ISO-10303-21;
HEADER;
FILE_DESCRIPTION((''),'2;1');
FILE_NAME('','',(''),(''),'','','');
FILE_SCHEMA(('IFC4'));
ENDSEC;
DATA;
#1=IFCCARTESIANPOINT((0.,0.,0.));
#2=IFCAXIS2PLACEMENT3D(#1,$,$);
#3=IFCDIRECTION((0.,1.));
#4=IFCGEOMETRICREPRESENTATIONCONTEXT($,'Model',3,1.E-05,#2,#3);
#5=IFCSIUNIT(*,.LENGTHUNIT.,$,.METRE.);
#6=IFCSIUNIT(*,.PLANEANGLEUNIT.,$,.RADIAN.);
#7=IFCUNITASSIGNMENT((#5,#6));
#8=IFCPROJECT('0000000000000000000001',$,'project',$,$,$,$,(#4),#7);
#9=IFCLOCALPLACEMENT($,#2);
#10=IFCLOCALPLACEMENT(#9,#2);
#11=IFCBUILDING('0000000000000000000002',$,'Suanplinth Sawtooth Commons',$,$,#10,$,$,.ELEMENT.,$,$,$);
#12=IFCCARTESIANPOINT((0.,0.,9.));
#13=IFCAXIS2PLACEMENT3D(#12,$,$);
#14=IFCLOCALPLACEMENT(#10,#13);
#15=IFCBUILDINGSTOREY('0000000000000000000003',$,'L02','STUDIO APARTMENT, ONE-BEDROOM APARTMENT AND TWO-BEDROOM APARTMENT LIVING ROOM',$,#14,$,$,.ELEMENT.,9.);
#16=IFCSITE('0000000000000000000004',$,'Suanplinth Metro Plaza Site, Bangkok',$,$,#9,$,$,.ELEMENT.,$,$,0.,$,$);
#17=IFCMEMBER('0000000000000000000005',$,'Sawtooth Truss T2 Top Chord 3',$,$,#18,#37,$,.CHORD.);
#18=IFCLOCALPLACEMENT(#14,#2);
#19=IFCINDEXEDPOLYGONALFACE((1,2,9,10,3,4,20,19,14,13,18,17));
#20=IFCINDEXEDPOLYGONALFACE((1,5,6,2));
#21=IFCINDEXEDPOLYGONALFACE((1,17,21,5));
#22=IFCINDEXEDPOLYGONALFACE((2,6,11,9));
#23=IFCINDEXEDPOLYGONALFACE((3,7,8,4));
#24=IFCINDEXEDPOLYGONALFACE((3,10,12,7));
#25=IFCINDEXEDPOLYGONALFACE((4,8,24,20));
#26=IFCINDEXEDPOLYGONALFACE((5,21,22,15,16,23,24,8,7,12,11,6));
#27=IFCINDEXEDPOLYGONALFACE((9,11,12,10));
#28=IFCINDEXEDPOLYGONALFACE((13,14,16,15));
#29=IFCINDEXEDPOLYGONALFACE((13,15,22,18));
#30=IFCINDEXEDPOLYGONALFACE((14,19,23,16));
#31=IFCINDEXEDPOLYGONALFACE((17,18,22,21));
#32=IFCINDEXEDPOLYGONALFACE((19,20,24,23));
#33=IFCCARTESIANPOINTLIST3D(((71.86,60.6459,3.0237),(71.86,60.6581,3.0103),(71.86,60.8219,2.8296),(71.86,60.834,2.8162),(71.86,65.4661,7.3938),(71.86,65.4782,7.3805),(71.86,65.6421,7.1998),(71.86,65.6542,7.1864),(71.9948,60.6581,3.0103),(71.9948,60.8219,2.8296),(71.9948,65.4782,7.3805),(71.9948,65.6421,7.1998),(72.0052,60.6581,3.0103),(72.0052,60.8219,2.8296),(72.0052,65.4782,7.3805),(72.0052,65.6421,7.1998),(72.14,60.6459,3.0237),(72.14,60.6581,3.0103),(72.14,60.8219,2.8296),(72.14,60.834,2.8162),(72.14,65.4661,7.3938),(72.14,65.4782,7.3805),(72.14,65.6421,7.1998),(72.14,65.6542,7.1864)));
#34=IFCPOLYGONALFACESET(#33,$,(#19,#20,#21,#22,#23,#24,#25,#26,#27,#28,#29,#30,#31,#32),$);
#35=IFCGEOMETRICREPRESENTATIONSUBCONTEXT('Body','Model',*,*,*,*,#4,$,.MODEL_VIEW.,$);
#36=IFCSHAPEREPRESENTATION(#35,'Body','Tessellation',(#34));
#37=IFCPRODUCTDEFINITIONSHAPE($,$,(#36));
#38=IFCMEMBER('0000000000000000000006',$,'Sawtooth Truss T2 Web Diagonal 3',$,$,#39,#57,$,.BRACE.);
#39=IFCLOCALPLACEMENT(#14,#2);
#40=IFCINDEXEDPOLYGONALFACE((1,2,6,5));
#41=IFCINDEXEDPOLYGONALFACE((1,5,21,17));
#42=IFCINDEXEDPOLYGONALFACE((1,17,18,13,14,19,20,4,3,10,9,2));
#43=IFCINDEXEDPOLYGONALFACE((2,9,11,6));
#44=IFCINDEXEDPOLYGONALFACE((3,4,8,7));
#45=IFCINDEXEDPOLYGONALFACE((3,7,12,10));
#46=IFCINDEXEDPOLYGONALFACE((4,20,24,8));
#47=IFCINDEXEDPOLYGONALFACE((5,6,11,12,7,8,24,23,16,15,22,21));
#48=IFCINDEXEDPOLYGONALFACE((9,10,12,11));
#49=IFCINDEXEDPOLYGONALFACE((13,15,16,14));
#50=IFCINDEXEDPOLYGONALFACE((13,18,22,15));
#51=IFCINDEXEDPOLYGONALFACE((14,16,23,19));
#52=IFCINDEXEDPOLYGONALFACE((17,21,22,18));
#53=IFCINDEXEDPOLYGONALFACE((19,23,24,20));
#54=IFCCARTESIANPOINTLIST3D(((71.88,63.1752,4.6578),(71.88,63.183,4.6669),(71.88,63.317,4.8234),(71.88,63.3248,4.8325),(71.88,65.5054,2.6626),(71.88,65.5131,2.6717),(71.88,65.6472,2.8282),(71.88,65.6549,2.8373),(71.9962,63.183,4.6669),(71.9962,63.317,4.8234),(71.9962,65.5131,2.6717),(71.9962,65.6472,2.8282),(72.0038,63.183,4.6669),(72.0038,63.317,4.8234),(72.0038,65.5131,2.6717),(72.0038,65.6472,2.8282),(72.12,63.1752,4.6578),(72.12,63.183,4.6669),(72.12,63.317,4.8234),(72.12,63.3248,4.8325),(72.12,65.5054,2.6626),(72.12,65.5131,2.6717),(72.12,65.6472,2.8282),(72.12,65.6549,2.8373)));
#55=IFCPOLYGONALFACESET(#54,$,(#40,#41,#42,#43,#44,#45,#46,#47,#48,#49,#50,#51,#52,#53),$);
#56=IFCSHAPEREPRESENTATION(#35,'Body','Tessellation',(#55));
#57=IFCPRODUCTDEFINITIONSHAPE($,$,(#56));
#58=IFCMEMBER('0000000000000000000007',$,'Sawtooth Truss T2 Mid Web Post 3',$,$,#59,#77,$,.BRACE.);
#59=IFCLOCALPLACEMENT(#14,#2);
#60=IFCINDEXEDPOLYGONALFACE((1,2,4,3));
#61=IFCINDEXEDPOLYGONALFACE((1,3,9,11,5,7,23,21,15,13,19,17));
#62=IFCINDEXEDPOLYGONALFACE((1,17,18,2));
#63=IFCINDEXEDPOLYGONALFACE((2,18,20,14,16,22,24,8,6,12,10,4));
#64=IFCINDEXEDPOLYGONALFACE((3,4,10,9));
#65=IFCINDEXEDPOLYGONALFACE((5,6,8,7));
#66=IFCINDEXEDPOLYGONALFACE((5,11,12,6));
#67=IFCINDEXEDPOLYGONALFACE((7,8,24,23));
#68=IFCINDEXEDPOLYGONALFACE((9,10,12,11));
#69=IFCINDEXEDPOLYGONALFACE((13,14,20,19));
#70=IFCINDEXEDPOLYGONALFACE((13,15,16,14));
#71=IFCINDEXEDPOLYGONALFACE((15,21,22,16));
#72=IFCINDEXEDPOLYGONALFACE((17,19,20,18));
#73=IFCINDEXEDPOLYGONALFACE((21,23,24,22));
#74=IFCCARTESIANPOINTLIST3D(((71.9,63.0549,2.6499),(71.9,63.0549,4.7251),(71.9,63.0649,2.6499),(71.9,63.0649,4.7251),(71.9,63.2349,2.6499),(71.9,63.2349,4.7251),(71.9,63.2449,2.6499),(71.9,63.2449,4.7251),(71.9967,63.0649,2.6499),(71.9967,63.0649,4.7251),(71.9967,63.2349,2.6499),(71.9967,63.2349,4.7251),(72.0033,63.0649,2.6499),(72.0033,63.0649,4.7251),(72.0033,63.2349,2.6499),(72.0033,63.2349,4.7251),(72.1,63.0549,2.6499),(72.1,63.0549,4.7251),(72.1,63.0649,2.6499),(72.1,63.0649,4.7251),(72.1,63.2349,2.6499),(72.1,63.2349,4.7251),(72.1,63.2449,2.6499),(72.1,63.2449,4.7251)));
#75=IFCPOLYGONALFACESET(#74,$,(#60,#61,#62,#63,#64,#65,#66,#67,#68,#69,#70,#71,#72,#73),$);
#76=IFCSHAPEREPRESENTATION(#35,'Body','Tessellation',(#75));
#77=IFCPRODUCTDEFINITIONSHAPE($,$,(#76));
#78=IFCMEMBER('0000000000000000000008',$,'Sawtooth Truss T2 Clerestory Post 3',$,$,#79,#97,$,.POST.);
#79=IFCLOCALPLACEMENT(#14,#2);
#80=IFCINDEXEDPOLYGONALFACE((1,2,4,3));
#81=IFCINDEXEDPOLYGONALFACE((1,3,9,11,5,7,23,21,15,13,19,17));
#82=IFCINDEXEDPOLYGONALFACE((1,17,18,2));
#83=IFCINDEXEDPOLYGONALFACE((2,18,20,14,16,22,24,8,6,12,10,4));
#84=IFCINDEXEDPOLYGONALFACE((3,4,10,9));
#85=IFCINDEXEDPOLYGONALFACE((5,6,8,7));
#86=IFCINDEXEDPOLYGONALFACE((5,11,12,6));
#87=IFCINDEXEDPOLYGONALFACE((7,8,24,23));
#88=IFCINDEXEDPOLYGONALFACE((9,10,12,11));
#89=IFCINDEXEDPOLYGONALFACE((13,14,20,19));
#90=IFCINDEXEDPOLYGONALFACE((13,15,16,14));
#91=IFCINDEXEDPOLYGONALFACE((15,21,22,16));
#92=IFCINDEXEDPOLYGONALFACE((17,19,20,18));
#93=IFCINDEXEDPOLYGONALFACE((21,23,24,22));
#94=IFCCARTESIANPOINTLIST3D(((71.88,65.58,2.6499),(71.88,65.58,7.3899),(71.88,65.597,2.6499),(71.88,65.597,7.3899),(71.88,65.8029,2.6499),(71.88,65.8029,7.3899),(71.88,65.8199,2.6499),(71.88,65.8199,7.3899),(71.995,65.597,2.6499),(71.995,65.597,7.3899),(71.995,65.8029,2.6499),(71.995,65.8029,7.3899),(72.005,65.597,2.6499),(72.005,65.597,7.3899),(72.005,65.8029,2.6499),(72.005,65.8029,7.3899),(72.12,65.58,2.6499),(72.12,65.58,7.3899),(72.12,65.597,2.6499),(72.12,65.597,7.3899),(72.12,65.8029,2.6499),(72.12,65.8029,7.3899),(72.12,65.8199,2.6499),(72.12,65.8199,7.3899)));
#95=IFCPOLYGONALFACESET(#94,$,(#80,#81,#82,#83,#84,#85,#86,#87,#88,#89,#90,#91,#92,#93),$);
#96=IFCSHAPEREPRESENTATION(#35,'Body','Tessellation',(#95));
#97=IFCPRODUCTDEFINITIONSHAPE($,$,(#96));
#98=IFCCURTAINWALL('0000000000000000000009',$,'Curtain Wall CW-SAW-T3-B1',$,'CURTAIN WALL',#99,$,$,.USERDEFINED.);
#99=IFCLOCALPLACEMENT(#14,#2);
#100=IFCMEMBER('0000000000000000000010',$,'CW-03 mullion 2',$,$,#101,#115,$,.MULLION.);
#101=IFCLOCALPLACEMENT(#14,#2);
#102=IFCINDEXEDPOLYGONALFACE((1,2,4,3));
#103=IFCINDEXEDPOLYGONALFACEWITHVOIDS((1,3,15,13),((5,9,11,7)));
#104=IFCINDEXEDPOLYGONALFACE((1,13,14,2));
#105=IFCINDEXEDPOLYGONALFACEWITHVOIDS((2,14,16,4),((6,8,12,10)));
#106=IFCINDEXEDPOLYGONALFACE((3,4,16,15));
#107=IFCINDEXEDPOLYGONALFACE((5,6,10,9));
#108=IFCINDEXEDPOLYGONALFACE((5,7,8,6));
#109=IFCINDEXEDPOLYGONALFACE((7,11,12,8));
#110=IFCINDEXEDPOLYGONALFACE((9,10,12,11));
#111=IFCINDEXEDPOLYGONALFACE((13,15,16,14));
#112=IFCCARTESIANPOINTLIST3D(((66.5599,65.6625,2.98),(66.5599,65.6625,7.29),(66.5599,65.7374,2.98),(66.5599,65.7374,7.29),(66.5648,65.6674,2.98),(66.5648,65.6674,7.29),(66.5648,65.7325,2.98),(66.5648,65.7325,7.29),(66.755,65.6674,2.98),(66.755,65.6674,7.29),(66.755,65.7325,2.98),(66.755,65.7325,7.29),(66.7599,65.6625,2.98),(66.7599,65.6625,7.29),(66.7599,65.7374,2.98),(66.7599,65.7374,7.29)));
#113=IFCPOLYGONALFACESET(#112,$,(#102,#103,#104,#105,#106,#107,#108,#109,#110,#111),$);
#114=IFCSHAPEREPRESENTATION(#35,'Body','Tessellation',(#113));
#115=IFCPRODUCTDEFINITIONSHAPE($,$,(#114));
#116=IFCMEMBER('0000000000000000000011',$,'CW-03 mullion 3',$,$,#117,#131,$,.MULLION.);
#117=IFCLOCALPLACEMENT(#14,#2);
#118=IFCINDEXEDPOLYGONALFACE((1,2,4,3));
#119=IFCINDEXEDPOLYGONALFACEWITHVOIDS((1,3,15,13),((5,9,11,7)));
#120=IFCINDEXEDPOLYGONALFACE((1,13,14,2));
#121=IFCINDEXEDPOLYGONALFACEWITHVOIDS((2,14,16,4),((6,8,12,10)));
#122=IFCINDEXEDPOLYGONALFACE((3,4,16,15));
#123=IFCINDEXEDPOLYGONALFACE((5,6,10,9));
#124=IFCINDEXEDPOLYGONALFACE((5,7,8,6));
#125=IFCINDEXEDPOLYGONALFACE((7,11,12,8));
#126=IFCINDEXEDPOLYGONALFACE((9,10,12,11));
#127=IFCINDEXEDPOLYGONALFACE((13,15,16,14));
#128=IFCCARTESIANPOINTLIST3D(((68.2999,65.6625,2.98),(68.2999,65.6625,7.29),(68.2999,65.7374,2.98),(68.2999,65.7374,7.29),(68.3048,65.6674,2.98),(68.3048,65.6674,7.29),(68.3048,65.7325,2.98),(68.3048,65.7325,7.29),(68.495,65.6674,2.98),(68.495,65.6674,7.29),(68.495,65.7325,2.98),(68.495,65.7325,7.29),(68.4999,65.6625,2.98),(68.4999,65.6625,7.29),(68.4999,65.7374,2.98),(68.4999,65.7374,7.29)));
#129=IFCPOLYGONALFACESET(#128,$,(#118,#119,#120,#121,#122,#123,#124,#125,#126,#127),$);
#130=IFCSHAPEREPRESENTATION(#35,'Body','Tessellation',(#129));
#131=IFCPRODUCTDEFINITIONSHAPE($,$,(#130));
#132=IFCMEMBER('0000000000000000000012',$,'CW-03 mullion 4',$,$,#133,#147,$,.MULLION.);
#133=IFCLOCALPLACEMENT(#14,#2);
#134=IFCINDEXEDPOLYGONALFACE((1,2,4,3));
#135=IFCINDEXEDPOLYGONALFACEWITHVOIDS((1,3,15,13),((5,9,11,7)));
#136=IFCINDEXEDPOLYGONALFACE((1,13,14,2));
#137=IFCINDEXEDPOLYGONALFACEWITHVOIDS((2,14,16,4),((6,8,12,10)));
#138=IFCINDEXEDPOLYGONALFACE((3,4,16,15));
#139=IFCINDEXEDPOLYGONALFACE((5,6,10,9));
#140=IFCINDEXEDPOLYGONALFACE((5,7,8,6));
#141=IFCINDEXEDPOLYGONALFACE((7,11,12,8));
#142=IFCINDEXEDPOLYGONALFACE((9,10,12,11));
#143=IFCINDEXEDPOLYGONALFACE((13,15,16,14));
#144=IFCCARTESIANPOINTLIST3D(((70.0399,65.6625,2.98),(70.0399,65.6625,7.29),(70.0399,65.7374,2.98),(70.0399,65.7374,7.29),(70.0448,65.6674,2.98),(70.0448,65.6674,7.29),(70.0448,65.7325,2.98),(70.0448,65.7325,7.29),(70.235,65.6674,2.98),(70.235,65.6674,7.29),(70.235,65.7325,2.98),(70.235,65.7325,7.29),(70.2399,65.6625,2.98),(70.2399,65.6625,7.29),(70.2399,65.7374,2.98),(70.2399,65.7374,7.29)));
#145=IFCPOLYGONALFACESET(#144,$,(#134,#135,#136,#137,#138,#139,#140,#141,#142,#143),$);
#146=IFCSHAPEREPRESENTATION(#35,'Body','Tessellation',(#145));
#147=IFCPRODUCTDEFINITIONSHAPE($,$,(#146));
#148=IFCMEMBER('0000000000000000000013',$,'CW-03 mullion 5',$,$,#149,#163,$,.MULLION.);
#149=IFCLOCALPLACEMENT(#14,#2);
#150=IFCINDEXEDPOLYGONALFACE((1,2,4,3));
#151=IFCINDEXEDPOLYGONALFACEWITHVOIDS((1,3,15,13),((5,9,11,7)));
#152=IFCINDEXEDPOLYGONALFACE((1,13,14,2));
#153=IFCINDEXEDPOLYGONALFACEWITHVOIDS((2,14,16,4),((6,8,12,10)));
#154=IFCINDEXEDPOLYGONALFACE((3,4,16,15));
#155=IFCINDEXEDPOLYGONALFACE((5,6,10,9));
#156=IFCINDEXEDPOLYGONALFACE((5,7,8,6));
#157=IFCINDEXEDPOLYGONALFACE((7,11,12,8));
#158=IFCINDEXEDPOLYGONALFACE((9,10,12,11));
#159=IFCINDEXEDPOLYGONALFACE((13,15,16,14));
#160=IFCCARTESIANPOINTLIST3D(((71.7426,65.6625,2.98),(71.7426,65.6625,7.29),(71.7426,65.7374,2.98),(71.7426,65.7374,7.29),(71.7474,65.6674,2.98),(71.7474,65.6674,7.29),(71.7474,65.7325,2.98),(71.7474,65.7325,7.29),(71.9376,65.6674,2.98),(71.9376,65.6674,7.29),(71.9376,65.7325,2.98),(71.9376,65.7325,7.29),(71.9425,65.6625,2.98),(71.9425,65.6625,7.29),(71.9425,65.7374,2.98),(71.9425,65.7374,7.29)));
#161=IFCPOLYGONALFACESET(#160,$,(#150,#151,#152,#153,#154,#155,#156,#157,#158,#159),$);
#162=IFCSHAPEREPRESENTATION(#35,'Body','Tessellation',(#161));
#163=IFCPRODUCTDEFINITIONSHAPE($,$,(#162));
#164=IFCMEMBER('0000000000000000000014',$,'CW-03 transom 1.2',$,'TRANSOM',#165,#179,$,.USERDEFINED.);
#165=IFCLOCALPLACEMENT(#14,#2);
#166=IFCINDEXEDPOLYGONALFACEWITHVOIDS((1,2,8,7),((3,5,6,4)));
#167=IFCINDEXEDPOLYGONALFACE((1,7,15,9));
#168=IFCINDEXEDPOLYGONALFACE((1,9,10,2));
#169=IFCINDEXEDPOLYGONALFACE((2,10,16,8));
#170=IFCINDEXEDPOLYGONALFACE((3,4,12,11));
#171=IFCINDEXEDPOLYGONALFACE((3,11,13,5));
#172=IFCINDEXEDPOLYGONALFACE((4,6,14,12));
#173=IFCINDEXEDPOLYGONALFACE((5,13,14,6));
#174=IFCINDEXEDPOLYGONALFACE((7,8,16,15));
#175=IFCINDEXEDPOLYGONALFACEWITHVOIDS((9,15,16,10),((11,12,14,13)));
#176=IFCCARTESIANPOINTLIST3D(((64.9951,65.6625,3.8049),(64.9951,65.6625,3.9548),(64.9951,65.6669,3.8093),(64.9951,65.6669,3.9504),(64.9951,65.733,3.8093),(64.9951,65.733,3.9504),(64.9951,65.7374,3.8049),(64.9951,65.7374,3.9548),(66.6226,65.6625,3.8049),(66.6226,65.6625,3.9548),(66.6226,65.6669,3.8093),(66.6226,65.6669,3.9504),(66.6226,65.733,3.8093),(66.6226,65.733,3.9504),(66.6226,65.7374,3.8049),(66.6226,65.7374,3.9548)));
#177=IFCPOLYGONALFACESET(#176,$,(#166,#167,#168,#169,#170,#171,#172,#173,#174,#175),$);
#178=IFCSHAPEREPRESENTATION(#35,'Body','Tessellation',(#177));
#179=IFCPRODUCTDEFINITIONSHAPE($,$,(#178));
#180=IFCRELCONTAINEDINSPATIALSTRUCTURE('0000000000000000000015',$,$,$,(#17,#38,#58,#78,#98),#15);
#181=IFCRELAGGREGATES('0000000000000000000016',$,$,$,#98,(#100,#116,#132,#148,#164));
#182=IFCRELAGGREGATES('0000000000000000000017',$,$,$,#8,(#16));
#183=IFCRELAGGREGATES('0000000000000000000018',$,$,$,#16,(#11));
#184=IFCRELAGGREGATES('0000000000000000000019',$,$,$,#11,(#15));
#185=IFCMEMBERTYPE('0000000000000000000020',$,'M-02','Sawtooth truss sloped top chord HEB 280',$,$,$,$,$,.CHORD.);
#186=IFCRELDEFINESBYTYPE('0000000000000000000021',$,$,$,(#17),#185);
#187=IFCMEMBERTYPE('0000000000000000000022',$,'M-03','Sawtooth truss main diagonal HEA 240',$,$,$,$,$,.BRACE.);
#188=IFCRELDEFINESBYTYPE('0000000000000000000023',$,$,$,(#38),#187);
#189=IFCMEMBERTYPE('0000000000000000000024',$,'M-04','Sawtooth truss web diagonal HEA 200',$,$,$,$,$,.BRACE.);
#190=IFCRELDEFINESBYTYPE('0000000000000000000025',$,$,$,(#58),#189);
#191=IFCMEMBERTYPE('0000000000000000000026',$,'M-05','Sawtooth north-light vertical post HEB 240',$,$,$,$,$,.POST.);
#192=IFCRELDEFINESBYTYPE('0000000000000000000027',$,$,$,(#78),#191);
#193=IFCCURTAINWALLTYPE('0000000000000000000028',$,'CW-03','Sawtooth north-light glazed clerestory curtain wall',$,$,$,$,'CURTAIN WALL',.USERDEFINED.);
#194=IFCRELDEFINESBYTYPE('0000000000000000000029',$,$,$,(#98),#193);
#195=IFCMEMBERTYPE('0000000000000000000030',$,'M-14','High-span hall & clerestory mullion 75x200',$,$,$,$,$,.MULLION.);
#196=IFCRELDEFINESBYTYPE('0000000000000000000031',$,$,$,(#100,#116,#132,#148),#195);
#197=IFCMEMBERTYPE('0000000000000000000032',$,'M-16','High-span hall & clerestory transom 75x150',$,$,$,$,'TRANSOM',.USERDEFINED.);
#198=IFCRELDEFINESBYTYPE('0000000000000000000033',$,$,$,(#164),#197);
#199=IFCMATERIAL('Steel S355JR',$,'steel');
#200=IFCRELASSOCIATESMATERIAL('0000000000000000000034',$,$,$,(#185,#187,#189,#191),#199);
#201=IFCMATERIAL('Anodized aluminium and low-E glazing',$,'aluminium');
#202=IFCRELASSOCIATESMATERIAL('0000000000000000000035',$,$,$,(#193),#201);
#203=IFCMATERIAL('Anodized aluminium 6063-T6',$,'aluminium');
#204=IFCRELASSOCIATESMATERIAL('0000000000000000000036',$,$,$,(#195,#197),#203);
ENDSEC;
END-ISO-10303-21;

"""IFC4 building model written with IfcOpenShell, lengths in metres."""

from ifc_helpers import new_model, si_unit, direction, frame, origin, origin_2d, place, context, subcontext, project, spatial, hollow_rectangle, i_section, extrude, material, material_profile, profile_set, type_object, element, aggregate, save


model = new_model("IFC4")

# Units and contexts
model_context = context("Model", 3, precision=1e-05, world=origin(), true_north=direction((0.0, 1.0)))
body_context = subcontext(model_context, "Body", "Model", "MODEL_VIEW")
ifc_project = project(units=[si_unit("LENGTHUNIT", "METRE"), si_unit("PLANEANGLEUNIT", "RADIAN")], contexts=[model_context])

# Site, building, storey
site_placement = place(None, origin())
site = spatial("IfcSite", under=ifc_project, at=site_placement, Name="Suanplinth Metro Plaza Site, Bangkok", CompositionType="ELEMENT", RefElevation=0.0)
building_placement = place(site_placement, origin())
building = spatial("IfcBuilding", under=site, at=building_placement, Name="Suanplinth Sawtooth Commons", CompositionType="ELEMENT")
storey_placement = place(building_placement, frame((0.0, 0.0, 9.0)))
storey = spatial("IfcBuildingStorey", under=building, at=storey_placement, Name="L02", Description="STUDIO APARTMENT, ONE-BEDROOM APARTMENT AND TWO-BEDROOM APARTMENT LIVING ROOM", CompositionType="ELEMENT", Elevation=9.0)

# Members
ifc_material_1 = material(Name="Steel S355JR", Category="steel")
ifc_material_profile_1 = material_profile(ifc_material_1, i_section(OverallWidth=0.28, OverallDepth=0.28, WebThickness=0.0105, FlangeThickness=0.0181, at=origin_2d()), Name="HEB 280")
ifc_profile_set_1 = profile_set([ifc_material_profile_1], Name="Steel S355JR")
member_type_1 = type_object("IfcMemberType", Name="M-02", Description="Sawtooth truss sloped top chord HEB 280", PredefinedType="CHORD", material=ifc_profile_set_1)
member_1_placement = place(storey_placement, frame((72.0, 60.74, 2.9199), z_axis=(0.0, 0.740839, 0.671682), x_axis=(-1.0, 0.0, 0.0)))
element("IfcMember", 1, at=member_1_placement, inside=storey, type_object=member_type_1, Name="Sawtooth Truss T2 Top Chord 3", PredefinedType="CHORD", context=body_context, shape_type="SweptSolid", body=[
    extrude(i_section(OverallWidth=0.28, OverallDepth=0.28, WebThickness=0.0105, FlangeThickness=0.0181, at=origin_2d()), origin(), (0.0, 0.0, 1.0), 6.5063),
])
ifc_material_profile_2 = material_profile(ifc_material_1, i_section(OverallWidth=0.24, OverallDepth=0.23, WebThickness=0.0076, FlangeThickness=0.012, at=origin_2d()), Name="HEA 240")
ifc_profile_set_2 = profile_set([ifc_material_profile_2], Name="Steel S355JR")
member_type_2 = type_object("IfcMemberType", Name="M-03", Description="Sawtooth truss main diagonal HEA 240", PredefinedType="BRACE", material=ifc_profile_set_2)
member_2_placement = place(storey_placement, frame((72.0, 63.25, 4.7451), z_axis=(0.0, 0.759594, -0.650398), x_axis=(-1.0, 0.0, 0.0)))
element("IfcMember", 2, at=member_2_placement, inside=storey, type_object=member_type_2, Name="Sawtooth Truss T2 Web Diagonal 3", PredefinedType="BRACE", context=body_context, shape_type="SweptSolid", body=[
    extrude(i_section(OverallWidth=0.24, OverallDepth=0.23, WebThickness=0.0076, FlangeThickness=0.012, at=origin_2d()), origin(), (0.0, 0.0, 1.0), 3.0676),
])
ifc_material_profile_3 = material_profile(ifc_material_1, i_section(OverallWidth=0.2, OverallDepth=0.1899, WebThickness=0.0066, FlangeThickness=0.01, at=origin_2d()), Name="HEA 200")
ifc_profile_set_3 = profile_set([ifc_material_profile_3], Name="Steel S355JR")
member_type_3 = type_object("IfcMemberType", Name="M-04", Description="Sawtooth truss web diagonal HEA 200", PredefinedType="BRACE", material=ifc_profile_set_3)
member_3_placement = place(storey_placement, frame((72.0, 63.1499, 2.6499), z_axis=(0.0, 0.0, 1.0), x_axis=(1.0, 0.0, 0.0)))
element("IfcMember", 3, at=member_3_placement, inside=storey, type_object=member_type_3, Name="Sawtooth Truss T2 Mid Web Post 3", PredefinedType="BRACE", context=body_context, shape_type="SweptSolid", body=[
    extrude(i_section(OverallWidth=0.2, OverallDepth=0.1899, WebThickness=0.0066, FlangeThickness=0.01, at=origin_2d()), origin(), (0.0, 0.0, 1.0), 2.0752),
])
ifc_material_profile_4 = material_profile(ifc_material_1, i_section(OverallWidth=0.24, OverallDepth=0.24, WebThickness=0.01, FlangeThickness=0.0171, at=origin_2d()), Name="HEB 240")
ifc_profile_set_4 = profile_set([ifc_material_profile_4], Name="Steel S355JR")
member_type_4 = type_object("IfcMemberType", Name="M-05", Description="Sawtooth north-light vertical post HEB 240", PredefinedType="POST", material=ifc_profile_set_4)
member_4_placement = place(storey_placement, frame((72.0, 65.7, 2.6499), z_axis=(0.0, 0.0, 1.0), x_axis=(1.0, 0.0, 0.0)))
element("IfcMember", 4, at=member_4_placement, inside=storey, type_object=member_type_4, Name="Sawtooth Truss T2 Clerestory Post 3", PredefinedType="POST", context=body_context, shape_type="SweptSolid", body=[
    extrude(i_section(OverallWidth=0.24, OverallDepth=0.24, WebThickness=0.01, FlangeThickness=0.0171, at=origin_2d()), origin(), (0.0, 0.0, 1.0), 4.74),
])

# Curtain wall, members
ifc_material_2 = material(Name="Anodized aluminium and low-E glazing", Category="aluminium")
curtain_wall_type = type_object("IfcCurtainWallType", Name="CW-03", Description="Sawtooth north-light glazed clerestory curtain wall", ElementType="CURTAIN WALL", PredefinedType="USERDEFINED", material=ifc_material_2)
curtain_wall_placement = place(storey_placement, origin())
curtain_wall = element("IfcCurtainWall", 5, at=curtain_wall_placement, inside=storey, type_object=curtain_wall_type, Name="Curtain Wall CW-SAW-T3-B1", ObjectType="CURTAIN WALL", PredefinedType="USERDEFINED")
ifc_material_3 = material(Name="Anodized aluminium 6063-T6", Category="aluminium")
ifc_material_profile_5 = material_profile(ifc_material_3, hollow_rectangle(XDim=0.075, YDim=0.2, WallThickness=0.0049, at=origin_2d()), Name="ALU-MUL 75x200")
ifc_profile_set_5 = profile_set([ifc_material_profile_5], Name="Anodized aluminium 6063-T6")
member_type_5 = type_object("IfcMemberType", Name="M-14", Description="High-span hall & clerestory mullion 75x200", PredefinedType="MULLION", material=ifc_profile_set_5)
member_5_placement = place(storey_placement, frame((66.6599, 65.7, 2.98), z_axis=(0.0, 0.0, 1.0), x_axis=(0.0, 1.0, 0.0)))
member_5 = element("IfcMember", 6, at=member_5_placement, type_object=member_type_5, Name="CW-03 mullion 2", PredefinedType="MULLION", context=body_context, shape_type="SweptSolid", body=[
    extrude(hollow_rectangle(XDim=0.075, YDim=0.2, WallThickness=0.0049, at=origin_2d()), origin(), (0.0, 0.0, 1.0), 4.3101),
])
member_6_placement = place(storey_placement, frame((68.3999, 65.7, 2.98), z_axis=(0.0, 0.0, 1.0), x_axis=(0.0, 1.0, 0.0)))
member_6 = element("IfcMember", 7, at=member_6_placement, type_object=member_type_5, Name="CW-03 mullion 3", PredefinedType="MULLION", context=body_context, shape_type="SweptSolid", body=[
    extrude(hollow_rectangle(XDim=0.075, YDim=0.2, WallThickness=0.0049, at=origin_2d()), origin(), (0.0, 0.0, 1.0), 4.3101),
])
member_7_placement = place(storey_placement, frame((70.1399, 65.7, 2.98), z_axis=(0.0, 0.0, 1.0), x_axis=(0.0, 1.0, 0.0)))
member_7 = element("IfcMember", 8, at=member_7_placement, type_object=member_type_5, Name="CW-03 mullion 4", PredefinedType="MULLION", context=body_context, shape_type="SweptSolid", body=[
    extrude(hollow_rectangle(XDim=0.075, YDim=0.2, WallThickness=0.0049, at=origin_2d()), origin(), (0.0, 0.0, 1.0), 4.3101),
])
member_8_placement = place(storey_placement, frame((71.8425, 65.7, 2.98), z_axis=(0.0, 0.0, 1.0), x_axis=(0.0, 1.0, 0.0)))
member_8 = element("IfcMember", 9, at=member_8_placement, type_object=member_type_5, Name="CW-03 mullion 5", PredefinedType="MULLION", context=body_context, shape_type="SweptSolid", body=[
    extrude(hollow_rectangle(XDim=0.075, YDim=0.2, WallThickness=0.0049, at=origin_2d()), origin(), (0.0, 0.0, 1.0), 4.3101),
])
ifc_material_profile_6 = material_profile(ifc_material_3, hollow_rectangle(XDim=0.075, YDim=0.1499, WallThickness=0.0044, at=origin_2d()), Name="ALU-TRN 75x150")
ifc_profile_set_6 = profile_set([ifc_material_profile_6], Name="Anodized aluminium 6063-T6")
member_type_6 = type_object("IfcMemberType", Name="M-16", Description="High-span hall & clerestory transom 75x150", ElementType="TRANSOM", PredefinedType="USERDEFINED", material=ifc_profile_set_6)
member_9_placement = place(storey_placement, frame((64.9951, 65.7, 3.8799), z_axis=(1.0, 0.0, 0.0), x_axis=(0.0, 1.0, 0.0)))
member_9 = element("IfcMember", 10, at=member_9_placement, type_object=member_type_6, Name="CW-03 transom 1.2", ObjectType="TRANSOM", PredefinedType="USERDEFINED", context=body_context, shape_type="SweptSolid", body=[
    extrude(hollow_rectangle(XDim=0.075, YDim=0.1499, WallThickness=0.0044, at=origin_2d()), origin(), (0.0, 0.0, 1.0), 1.6274),
])

aggregate(curtain_wall, [member_5, member_6, member_7, member_8, member_9])

save(model, "model.ifc")
